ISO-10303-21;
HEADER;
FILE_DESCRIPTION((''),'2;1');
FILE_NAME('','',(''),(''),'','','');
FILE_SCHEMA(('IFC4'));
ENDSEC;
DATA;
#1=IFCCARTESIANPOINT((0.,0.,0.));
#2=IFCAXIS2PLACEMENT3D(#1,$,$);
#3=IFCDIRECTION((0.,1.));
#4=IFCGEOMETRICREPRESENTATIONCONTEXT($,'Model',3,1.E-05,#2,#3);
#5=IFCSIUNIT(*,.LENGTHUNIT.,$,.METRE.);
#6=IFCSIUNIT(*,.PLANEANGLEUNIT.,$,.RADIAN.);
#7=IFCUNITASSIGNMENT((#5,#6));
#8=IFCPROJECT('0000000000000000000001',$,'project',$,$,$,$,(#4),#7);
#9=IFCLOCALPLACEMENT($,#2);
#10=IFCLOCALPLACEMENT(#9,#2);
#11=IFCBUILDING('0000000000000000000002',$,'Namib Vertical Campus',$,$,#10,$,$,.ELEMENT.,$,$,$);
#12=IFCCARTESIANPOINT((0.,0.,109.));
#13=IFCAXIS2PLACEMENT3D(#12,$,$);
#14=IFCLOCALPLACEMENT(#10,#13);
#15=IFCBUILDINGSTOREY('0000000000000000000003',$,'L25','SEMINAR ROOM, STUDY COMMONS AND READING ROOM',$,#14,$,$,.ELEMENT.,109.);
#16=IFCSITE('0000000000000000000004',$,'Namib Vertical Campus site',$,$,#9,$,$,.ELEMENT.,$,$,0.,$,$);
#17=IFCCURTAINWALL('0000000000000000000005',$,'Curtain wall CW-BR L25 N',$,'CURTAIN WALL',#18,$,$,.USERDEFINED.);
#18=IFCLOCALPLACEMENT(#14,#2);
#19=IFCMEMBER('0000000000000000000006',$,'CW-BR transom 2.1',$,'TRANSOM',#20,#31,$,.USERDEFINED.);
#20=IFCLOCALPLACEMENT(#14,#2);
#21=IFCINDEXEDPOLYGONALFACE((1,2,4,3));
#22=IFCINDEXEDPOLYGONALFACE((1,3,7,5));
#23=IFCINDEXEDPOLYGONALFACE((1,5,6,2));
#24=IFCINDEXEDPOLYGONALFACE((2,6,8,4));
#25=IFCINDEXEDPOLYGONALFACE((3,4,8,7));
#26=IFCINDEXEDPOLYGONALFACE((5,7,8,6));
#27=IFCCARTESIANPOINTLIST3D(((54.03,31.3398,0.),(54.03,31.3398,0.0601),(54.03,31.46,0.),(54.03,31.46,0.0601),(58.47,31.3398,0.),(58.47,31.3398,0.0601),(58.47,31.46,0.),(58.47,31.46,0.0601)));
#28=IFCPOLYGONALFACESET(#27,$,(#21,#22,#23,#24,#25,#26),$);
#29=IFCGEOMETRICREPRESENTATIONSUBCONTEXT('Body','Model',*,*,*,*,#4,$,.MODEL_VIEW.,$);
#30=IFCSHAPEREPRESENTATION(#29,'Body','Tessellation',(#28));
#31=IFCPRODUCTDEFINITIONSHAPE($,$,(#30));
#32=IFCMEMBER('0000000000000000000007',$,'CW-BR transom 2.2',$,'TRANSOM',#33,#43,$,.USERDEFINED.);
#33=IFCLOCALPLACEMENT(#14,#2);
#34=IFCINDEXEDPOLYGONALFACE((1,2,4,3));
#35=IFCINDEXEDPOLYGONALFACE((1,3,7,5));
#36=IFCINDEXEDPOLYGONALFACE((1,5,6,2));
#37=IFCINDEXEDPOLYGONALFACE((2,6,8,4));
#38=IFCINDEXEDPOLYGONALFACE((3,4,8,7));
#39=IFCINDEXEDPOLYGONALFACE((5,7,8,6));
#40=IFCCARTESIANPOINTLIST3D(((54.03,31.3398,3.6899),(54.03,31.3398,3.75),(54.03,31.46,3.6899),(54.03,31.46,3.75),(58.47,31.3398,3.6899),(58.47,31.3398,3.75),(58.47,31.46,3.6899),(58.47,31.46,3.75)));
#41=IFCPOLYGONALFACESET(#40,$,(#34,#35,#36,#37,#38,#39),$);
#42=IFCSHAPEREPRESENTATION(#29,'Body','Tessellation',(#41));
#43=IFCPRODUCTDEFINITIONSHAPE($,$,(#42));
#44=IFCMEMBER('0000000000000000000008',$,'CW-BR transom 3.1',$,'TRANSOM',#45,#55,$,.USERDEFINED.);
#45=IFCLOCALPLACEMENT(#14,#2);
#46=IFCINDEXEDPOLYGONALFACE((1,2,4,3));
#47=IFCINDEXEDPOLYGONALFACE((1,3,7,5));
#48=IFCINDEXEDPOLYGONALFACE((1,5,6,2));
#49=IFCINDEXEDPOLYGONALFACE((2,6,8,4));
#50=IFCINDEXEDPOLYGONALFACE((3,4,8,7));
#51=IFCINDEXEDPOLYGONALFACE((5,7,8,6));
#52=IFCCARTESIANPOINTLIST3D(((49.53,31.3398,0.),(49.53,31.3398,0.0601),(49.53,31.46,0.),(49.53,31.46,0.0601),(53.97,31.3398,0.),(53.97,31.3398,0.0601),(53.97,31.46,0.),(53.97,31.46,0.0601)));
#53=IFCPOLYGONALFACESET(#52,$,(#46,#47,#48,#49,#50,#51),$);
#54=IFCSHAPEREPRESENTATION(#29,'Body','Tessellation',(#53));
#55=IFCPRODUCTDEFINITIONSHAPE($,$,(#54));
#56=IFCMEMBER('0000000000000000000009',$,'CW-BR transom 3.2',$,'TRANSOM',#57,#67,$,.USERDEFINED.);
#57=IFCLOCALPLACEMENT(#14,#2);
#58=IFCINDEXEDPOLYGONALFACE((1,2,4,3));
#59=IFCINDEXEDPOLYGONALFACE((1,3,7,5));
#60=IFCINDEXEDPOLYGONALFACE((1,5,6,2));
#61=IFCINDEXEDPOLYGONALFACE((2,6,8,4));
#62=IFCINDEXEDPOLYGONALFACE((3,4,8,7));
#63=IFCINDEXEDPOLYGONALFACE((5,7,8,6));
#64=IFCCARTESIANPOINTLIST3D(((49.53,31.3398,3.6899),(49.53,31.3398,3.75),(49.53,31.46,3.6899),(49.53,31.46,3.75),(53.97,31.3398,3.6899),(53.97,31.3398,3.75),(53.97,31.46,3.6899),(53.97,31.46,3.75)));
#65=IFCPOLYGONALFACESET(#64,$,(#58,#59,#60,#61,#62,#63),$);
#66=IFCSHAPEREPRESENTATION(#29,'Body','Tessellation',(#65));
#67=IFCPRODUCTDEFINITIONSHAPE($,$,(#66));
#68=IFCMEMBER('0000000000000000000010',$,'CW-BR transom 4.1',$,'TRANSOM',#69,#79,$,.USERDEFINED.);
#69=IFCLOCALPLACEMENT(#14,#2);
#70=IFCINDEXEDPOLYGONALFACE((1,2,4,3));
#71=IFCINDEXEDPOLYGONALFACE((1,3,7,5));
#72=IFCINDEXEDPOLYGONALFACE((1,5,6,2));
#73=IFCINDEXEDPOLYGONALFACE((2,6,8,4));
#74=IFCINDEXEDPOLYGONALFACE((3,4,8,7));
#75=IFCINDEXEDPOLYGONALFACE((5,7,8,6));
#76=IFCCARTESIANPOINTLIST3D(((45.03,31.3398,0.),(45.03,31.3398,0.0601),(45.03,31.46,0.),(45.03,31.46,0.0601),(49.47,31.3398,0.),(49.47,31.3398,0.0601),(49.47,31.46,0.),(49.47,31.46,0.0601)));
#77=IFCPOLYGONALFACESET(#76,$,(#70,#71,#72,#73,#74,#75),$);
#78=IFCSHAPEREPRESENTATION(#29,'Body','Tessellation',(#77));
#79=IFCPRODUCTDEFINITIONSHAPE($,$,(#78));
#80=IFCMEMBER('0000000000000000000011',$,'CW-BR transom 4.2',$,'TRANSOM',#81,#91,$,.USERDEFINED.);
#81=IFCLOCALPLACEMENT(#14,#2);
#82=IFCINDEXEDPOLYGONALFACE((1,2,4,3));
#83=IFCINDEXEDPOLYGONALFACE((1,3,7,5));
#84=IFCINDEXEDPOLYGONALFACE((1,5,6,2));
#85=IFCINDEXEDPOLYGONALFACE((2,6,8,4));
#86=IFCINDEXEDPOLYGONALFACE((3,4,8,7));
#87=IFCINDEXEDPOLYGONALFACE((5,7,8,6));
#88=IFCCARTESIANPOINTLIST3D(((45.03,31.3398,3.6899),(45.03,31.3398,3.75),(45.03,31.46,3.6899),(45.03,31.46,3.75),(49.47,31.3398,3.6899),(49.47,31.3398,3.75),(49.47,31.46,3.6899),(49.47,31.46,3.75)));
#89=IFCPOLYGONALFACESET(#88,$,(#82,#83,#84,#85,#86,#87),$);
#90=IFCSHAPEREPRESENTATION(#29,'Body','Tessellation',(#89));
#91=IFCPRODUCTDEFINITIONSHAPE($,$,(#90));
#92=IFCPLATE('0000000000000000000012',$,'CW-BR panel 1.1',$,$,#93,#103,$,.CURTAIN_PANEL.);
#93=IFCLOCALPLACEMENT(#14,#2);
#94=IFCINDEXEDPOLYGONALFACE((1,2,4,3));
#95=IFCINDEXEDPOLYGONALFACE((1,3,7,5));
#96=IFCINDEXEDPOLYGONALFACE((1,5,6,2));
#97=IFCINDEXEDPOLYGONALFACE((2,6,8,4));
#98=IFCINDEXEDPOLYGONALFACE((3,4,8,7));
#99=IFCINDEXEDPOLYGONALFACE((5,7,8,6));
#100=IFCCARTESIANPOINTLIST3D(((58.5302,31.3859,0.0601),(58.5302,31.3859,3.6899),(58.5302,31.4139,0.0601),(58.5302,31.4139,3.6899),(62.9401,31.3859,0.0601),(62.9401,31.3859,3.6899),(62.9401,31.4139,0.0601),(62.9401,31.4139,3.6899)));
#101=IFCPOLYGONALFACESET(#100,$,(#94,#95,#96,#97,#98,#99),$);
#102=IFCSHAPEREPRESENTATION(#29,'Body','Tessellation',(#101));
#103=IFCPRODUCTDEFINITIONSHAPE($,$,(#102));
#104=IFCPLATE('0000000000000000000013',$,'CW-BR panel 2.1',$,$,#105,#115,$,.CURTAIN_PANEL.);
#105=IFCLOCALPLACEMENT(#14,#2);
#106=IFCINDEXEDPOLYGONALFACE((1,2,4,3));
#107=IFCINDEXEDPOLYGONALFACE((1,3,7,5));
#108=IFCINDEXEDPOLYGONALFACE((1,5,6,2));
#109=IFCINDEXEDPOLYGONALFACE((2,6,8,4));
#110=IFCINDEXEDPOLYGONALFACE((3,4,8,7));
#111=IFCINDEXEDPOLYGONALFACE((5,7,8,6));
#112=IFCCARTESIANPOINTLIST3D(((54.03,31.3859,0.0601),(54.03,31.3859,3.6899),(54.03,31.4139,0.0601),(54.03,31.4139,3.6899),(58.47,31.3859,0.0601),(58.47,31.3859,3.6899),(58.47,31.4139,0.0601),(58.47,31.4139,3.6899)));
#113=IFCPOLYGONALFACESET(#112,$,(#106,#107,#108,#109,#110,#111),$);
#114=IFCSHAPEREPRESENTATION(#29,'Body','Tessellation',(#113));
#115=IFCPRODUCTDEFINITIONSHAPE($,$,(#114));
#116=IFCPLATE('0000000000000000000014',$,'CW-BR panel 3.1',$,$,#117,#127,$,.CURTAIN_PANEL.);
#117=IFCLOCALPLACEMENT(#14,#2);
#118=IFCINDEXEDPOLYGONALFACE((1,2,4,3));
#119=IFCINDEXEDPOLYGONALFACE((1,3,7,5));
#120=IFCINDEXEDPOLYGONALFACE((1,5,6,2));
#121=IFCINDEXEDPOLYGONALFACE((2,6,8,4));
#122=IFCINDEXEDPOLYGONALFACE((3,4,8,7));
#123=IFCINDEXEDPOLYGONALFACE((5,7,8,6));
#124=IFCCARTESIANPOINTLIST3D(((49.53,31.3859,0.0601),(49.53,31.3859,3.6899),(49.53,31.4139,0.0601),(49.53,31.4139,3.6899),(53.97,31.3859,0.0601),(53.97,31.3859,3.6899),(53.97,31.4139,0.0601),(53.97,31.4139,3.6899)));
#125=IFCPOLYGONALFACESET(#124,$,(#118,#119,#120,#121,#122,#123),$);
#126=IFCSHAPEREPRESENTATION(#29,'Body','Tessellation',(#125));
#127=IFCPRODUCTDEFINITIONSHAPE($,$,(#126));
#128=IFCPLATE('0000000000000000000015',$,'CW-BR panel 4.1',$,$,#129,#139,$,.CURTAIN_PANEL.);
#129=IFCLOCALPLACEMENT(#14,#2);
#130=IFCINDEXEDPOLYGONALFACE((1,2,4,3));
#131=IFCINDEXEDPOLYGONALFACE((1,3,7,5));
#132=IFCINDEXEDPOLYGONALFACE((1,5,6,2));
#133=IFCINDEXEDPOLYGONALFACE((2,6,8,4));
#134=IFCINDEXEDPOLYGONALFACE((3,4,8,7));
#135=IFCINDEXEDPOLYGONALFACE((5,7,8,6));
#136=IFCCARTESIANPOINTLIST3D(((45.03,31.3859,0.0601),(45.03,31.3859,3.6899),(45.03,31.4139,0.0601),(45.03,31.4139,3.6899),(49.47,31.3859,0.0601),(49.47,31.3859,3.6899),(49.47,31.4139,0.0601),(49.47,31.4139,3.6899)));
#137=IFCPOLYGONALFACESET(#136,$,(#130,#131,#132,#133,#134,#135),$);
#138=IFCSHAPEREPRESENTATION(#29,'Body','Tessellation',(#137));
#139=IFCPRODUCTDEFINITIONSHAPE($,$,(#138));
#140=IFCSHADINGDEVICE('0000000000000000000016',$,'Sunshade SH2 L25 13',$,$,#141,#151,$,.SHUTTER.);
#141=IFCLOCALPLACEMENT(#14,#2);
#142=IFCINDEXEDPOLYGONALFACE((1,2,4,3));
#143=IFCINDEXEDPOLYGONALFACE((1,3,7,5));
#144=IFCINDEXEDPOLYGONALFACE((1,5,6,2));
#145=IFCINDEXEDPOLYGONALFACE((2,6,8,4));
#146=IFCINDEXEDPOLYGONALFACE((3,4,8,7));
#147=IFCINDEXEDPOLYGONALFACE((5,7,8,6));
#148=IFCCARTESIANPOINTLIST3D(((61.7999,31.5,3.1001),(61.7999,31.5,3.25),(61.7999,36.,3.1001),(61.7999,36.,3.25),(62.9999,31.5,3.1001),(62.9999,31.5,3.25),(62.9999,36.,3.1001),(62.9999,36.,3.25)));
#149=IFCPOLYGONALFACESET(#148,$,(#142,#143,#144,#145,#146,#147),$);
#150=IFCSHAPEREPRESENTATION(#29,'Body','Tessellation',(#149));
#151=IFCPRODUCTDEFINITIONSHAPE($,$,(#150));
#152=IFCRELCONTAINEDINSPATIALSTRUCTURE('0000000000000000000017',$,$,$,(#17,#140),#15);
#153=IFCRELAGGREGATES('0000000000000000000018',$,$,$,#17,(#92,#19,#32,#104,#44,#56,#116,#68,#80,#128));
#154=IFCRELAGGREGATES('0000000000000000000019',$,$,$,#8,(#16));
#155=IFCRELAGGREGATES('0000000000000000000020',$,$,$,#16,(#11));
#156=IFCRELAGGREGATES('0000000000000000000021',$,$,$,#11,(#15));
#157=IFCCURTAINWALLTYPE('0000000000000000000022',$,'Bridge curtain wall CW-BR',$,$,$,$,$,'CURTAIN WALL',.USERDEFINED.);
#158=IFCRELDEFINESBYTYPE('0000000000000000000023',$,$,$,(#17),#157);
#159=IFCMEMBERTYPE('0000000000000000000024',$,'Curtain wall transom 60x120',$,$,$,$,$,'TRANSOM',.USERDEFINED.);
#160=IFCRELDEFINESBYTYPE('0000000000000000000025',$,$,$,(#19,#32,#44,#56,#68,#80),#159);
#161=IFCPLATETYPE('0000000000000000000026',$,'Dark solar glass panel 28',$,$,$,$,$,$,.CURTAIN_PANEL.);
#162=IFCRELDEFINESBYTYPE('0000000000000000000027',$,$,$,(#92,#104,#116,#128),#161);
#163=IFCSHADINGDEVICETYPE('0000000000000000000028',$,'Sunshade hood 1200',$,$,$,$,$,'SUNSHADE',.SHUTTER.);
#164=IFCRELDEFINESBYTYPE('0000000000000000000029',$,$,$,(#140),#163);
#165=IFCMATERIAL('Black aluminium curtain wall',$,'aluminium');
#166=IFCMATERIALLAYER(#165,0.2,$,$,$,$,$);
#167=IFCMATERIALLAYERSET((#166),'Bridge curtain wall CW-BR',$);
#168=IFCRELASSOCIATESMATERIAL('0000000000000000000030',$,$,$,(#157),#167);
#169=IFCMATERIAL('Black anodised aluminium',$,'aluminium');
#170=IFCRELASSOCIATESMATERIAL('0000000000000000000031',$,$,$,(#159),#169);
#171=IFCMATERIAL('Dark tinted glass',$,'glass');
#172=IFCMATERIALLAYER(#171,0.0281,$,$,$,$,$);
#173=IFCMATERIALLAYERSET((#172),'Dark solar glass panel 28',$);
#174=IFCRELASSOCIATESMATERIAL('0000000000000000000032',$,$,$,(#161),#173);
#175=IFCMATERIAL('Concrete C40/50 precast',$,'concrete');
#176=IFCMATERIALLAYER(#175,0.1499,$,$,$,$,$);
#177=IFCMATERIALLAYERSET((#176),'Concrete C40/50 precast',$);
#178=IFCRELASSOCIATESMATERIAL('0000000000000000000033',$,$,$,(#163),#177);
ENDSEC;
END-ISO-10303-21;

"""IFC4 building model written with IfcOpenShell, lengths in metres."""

from ifc_helpers import new_model, si_unit, direction, frame, origin, origin_2d, place, context, subcontext, project, spatial, rectangle, extrude, material, layer, layer_set, material_profile, profile_set, type_object, element, aggregate, save


model = new_model("IFC4")

# Units and contexts
model_context = context("Model", 3, precision=1e-05, world=origin(), true_north=direction((0.0, 1.0)))
body_context = subcontext(model_context, "Body", "Model", "MODEL_VIEW")
ifc_project = project(units=[si_unit("LENGTHUNIT", "METRE"), si_unit("PLANEANGLEUNIT", "RADIAN")], contexts=[model_context])

# Site, building, storey
site_placement = place(None, origin())
site = spatial("IfcSite", under=ifc_project, at=site_placement, Name="Namib Vertical Campus site", CompositionType="ELEMENT", RefElevation=0.0)
building_placement = place(site_placement, origin())
building = spatial("IfcBuilding", under=site, at=building_placement, Name="Namib Vertical Campus", CompositionType="ELEMENT")
storey_placement = place(building_placement, frame((0.0, 0.0, 109.0)))
storey = spatial("IfcBuildingStorey", under=building, at=storey_placement, Name="L25", Description="SEMINAR ROOM, STUDY COMMONS AND READING ROOM", CompositionType="ELEMENT", Elevation=109.0)

# Curtain wall, members, plates
ifc_material_1 = material(Name="Black aluminium curtain wall", Category="aluminium")
ifc_layer_1 = layer(ifc_material_1, 0.2)
ifc_layer_set_1 = layer_set([ifc_layer_1], Name="Bridge curtain wall CW-BR")
curtain_wall_type = type_object("IfcCurtainWallType", Name="Bridge curtain wall CW-BR", ElementType="CURTAIN WALL", PredefinedType="USERDEFINED", material=ifc_layer_set_1)
curtain_wall_placement = place(storey_placement, origin())
curtain_wall = element("IfcCurtainWall", 1, at=curtain_wall_placement, inside=storey, type_object=curtain_wall_type, Name="Curtain wall CW-BR L25 N", ObjectType="CURTAIN WALL", PredefinedType="USERDEFINED")
ifc_material_2 = material(Name="Black anodised aluminium", Category="aluminium")
ifc_material_profile_1 = material_profile(ifc_material_2, rectangle(XDim=0.0601, YDim=0.1201, at=origin_2d()))
ifc_profile_set_1 = profile_set([ifc_material_profile_1], Name="Black anodised aluminium")
member_type_1 = type_object("IfcMemberType", Name="Curtain wall transom 60x120", ElementType="TRANSOM", PredefinedType="USERDEFINED", material=ifc_profile_set_1)
member_1_placement = place(storey_placement, frame((58.47, 31.3999, 0.03), z_axis=(-1.0, 0.0, 0.0), x_axis=(0.0, 0.0, 1.0)))
member_1 = element("IfcMember", 2, at=member_1_placement, type_object=member_type_1, Name="CW-BR transom 2.1", ObjectType="TRANSOM", PredefinedType="USERDEFINED", context=body_context, shape_type="SweptSolid", body=[
    extrude(rectangle(XDim=0.0601, YDim=0.1201, at=origin_2d()), origin(), (0.0, 0.0, 1.0), 4.4399),
])
member_2_placement = place(storey_placement, frame((58.47, 31.3999, 3.72), z_axis=(-1.0, 0.0, 0.0), x_axis=(0.0, 0.0, 1.0)))
member_2 = element("IfcMember", 3, at=member_2_placement, type_object=member_type_1, Name="CW-BR transom 2.2", ObjectType="TRANSOM", PredefinedType="USERDEFINED", context=body_context, shape_type="SweptSolid", body=[
    extrude(rectangle(XDim=0.0601, YDim=0.1201, at=origin_2d()), origin(), (0.0, 0.0, 1.0), 4.4399),
])
member_3_placement = place(storey_placement, frame((53.97, 31.3999, 0.03), z_axis=(-1.0, 0.0, 0.0), x_axis=(0.0, 0.0, 1.0)))
member_3 = element("IfcMember", 4, at=member_3_placement, type_object=member_type_1, Name="CW-BR transom 3.1", ObjectType="TRANSOM", PredefinedType="USERDEFINED", context=body_context, shape_type="SweptSolid", body=[
    extrude(rectangle(XDim=0.0601, YDim=0.1201, at=origin_2d()), origin(), (0.0, 0.0, 1.0), 4.4399),
])
member_4_placement = place(storey_placement, frame((53.97, 31.3999, 3.72), z_axis=(-1.0, 0.0, 0.0), x_axis=(0.0, 0.0, 1.0)))
member_4 = element("IfcMember", 5, at=member_4_placement, type_object=member_type_1, Name="CW-BR transom 3.2", ObjectType="TRANSOM", PredefinedType="USERDEFINED", context=body_context, shape_type="SweptSolid", body=[
    extrude(rectangle(XDim=0.0601, YDim=0.1201, at=origin_2d()), origin(), (0.0, 0.0, 1.0), 4.4399),
])
member_5_placement = place(storey_placement, frame((49.47, 31.3999, 0.03), z_axis=(-1.0, 0.0, 0.0), x_axis=(0.0, 0.0, 1.0)))
member_5 = element("IfcMember", 6, at=member_5_placement, type_object=member_type_1, Name="CW-BR transom 4.1", ObjectType="TRANSOM", PredefinedType="USERDEFINED", context=body_context, shape_type="SweptSolid", body=[
    extrude(rectangle(XDim=0.0601, YDim=0.1201, at=origin_2d()), origin(), (0.0, 0.0, 1.0), 4.4399),
])
member_6_placement = place(storey_placement, frame((49.47, 31.3999, 3.72), z_axis=(-1.0, 0.0, 0.0), x_axis=(0.0, 0.0, 1.0)))
member_6 = element("IfcMember", 7, at=member_6_placement, type_object=member_type_1, Name="CW-BR transom 4.2", ObjectType="TRANSOM", PredefinedType="USERDEFINED", context=body_context, shape_type="SweptSolid", body=[
    extrude(rectangle(XDim=0.0601, YDim=0.1201, at=origin_2d()), origin(), (0.0, 0.0, 1.0), 4.4399),
])
ifc_material_3 = material(Name="Dark tinted glass", Category="glass")
ifc_layer_2 = layer(ifc_material_3, 0.0281)
ifc_layer_set_2 = layer_set([ifc_layer_2], Name="Dark solar glass panel 28")
plate_type = type_object("IfcPlateType", Name="Dark solar glass panel 28", PredefinedType="CURTAIN_PANEL", material=ifc_layer_set_2)
plate_1_placement = place(storey_placement, frame((60.7351, 31.3999, 0.0601), z_axis=(0.0, 0.0, 1.0), x_axis=(-1.0, 0.0, 0.0)))
plate_1 = element("IfcPlate", 8, at=plate_1_placement, type_object=plate_type, Name="CW-BR panel 1.1", PredefinedType="CURTAIN_PANEL", context=body_context, shape_type="SweptSolid", body=[
    extrude(rectangle(XDim=4.4099, YDim=0.0281, at=origin_2d()), origin(), (0.0, 0.0, 1.0), 3.6299),
])
plate_2_placement = place(storey_placement, frame((56.25, 31.3999, 0.0601), z_axis=(0.0, 0.0, 1.0), x_axis=(-1.0, 0.0, 0.0)))
plate_2 = element("IfcPlate", 9, at=plate_2_placement, type_object=plate_type, Name="CW-BR panel 2.1", PredefinedType="CURTAIN_PANEL", context=body_context, shape_type="SweptSolid", body=[
    extrude(rectangle(XDim=4.4399, YDim=0.0281, at=origin_2d()), origin(), (0.0, 0.0, 1.0), 3.6299),
])
plate_3_placement = place(storey_placement, frame((51.75, 31.3999, 0.0601), z_axis=(0.0, 0.0, 1.0), x_axis=(-1.0, 0.0, 0.0)))
plate_3 = element("IfcPlate", 10, at=plate_3_placement, type_object=plate_type, Name="CW-BR panel 3.1", PredefinedType="CURTAIN_PANEL", context=body_context, shape_type="SweptSolid", body=[
    extrude(rectangle(XDim=4.4399, YDim=0.0281, at=origin_2d()), origin(), (0.0, 0.0, 1.0), 3.6299),
])
plate_4_placement = place(storey_placement, frame((47.25, 31.3999, 0.0601), z_axis=(0.0, 0.0, 1.0), x_axis=(-1.0, 0.0, 0.0)))
plate_4 = element("IfcPlate", 11, at=plate_4_placement, type_object=plate_type, Name="CW-BR panel 4.1", PredefinedType="CURTAIN_PANEL", context=body_context, shape_type="SweptSolid", body=[
    extrude(rectangle(XDim=4.4399, YDim=0.0281, at=origin_2d()), origin(), (0.0, 0.0, 1.0), 3.6299),
])
aggregate(curtain_wall, [plate_1, member_1, member_2, plate_2, member_3, member_4, plate_3, member_5, member_6, plate_4])

# Shading device
ifc_material_4 = material(Name="Concrete C40/50 precast", Category="concrete")
ifc_layer_3 = layer(ifc_material_4, 0.1499)
ifc_layer_set_3 = layer_set([ifc_layer_3], Name="Concrete C40/50 precast")
shading_device_type = type_object("IfcShadingDeviceType", Name="Sunshade hood 1200", ElementType="SUNSHADE", PredefinedType="SHUTTER", material=ifc_layer_set_3)
shading_device_placement = place(storey_placement, frame((62.3999, 33.75, 3.1001), z_axis=(0.0, 0.0, 1.0), x_axis=(0.0, -1.0, 0.0)))
element("IfcShadingDevice", 12, at=shading_device_placement, inside=storey, type_object=shading_device_type, Name="Sunshade SH2 L25 13", PredefinedType="SHUTTER", context=body_context, shape_type="SweptSolid", body=[
    extrude(rectangle(XDim=4.5, YDim=1.2, at=origin_2d()), origin(), (0.0, 0.0, 1.0), 0.1499),
])

save(model, "model.ifc")
